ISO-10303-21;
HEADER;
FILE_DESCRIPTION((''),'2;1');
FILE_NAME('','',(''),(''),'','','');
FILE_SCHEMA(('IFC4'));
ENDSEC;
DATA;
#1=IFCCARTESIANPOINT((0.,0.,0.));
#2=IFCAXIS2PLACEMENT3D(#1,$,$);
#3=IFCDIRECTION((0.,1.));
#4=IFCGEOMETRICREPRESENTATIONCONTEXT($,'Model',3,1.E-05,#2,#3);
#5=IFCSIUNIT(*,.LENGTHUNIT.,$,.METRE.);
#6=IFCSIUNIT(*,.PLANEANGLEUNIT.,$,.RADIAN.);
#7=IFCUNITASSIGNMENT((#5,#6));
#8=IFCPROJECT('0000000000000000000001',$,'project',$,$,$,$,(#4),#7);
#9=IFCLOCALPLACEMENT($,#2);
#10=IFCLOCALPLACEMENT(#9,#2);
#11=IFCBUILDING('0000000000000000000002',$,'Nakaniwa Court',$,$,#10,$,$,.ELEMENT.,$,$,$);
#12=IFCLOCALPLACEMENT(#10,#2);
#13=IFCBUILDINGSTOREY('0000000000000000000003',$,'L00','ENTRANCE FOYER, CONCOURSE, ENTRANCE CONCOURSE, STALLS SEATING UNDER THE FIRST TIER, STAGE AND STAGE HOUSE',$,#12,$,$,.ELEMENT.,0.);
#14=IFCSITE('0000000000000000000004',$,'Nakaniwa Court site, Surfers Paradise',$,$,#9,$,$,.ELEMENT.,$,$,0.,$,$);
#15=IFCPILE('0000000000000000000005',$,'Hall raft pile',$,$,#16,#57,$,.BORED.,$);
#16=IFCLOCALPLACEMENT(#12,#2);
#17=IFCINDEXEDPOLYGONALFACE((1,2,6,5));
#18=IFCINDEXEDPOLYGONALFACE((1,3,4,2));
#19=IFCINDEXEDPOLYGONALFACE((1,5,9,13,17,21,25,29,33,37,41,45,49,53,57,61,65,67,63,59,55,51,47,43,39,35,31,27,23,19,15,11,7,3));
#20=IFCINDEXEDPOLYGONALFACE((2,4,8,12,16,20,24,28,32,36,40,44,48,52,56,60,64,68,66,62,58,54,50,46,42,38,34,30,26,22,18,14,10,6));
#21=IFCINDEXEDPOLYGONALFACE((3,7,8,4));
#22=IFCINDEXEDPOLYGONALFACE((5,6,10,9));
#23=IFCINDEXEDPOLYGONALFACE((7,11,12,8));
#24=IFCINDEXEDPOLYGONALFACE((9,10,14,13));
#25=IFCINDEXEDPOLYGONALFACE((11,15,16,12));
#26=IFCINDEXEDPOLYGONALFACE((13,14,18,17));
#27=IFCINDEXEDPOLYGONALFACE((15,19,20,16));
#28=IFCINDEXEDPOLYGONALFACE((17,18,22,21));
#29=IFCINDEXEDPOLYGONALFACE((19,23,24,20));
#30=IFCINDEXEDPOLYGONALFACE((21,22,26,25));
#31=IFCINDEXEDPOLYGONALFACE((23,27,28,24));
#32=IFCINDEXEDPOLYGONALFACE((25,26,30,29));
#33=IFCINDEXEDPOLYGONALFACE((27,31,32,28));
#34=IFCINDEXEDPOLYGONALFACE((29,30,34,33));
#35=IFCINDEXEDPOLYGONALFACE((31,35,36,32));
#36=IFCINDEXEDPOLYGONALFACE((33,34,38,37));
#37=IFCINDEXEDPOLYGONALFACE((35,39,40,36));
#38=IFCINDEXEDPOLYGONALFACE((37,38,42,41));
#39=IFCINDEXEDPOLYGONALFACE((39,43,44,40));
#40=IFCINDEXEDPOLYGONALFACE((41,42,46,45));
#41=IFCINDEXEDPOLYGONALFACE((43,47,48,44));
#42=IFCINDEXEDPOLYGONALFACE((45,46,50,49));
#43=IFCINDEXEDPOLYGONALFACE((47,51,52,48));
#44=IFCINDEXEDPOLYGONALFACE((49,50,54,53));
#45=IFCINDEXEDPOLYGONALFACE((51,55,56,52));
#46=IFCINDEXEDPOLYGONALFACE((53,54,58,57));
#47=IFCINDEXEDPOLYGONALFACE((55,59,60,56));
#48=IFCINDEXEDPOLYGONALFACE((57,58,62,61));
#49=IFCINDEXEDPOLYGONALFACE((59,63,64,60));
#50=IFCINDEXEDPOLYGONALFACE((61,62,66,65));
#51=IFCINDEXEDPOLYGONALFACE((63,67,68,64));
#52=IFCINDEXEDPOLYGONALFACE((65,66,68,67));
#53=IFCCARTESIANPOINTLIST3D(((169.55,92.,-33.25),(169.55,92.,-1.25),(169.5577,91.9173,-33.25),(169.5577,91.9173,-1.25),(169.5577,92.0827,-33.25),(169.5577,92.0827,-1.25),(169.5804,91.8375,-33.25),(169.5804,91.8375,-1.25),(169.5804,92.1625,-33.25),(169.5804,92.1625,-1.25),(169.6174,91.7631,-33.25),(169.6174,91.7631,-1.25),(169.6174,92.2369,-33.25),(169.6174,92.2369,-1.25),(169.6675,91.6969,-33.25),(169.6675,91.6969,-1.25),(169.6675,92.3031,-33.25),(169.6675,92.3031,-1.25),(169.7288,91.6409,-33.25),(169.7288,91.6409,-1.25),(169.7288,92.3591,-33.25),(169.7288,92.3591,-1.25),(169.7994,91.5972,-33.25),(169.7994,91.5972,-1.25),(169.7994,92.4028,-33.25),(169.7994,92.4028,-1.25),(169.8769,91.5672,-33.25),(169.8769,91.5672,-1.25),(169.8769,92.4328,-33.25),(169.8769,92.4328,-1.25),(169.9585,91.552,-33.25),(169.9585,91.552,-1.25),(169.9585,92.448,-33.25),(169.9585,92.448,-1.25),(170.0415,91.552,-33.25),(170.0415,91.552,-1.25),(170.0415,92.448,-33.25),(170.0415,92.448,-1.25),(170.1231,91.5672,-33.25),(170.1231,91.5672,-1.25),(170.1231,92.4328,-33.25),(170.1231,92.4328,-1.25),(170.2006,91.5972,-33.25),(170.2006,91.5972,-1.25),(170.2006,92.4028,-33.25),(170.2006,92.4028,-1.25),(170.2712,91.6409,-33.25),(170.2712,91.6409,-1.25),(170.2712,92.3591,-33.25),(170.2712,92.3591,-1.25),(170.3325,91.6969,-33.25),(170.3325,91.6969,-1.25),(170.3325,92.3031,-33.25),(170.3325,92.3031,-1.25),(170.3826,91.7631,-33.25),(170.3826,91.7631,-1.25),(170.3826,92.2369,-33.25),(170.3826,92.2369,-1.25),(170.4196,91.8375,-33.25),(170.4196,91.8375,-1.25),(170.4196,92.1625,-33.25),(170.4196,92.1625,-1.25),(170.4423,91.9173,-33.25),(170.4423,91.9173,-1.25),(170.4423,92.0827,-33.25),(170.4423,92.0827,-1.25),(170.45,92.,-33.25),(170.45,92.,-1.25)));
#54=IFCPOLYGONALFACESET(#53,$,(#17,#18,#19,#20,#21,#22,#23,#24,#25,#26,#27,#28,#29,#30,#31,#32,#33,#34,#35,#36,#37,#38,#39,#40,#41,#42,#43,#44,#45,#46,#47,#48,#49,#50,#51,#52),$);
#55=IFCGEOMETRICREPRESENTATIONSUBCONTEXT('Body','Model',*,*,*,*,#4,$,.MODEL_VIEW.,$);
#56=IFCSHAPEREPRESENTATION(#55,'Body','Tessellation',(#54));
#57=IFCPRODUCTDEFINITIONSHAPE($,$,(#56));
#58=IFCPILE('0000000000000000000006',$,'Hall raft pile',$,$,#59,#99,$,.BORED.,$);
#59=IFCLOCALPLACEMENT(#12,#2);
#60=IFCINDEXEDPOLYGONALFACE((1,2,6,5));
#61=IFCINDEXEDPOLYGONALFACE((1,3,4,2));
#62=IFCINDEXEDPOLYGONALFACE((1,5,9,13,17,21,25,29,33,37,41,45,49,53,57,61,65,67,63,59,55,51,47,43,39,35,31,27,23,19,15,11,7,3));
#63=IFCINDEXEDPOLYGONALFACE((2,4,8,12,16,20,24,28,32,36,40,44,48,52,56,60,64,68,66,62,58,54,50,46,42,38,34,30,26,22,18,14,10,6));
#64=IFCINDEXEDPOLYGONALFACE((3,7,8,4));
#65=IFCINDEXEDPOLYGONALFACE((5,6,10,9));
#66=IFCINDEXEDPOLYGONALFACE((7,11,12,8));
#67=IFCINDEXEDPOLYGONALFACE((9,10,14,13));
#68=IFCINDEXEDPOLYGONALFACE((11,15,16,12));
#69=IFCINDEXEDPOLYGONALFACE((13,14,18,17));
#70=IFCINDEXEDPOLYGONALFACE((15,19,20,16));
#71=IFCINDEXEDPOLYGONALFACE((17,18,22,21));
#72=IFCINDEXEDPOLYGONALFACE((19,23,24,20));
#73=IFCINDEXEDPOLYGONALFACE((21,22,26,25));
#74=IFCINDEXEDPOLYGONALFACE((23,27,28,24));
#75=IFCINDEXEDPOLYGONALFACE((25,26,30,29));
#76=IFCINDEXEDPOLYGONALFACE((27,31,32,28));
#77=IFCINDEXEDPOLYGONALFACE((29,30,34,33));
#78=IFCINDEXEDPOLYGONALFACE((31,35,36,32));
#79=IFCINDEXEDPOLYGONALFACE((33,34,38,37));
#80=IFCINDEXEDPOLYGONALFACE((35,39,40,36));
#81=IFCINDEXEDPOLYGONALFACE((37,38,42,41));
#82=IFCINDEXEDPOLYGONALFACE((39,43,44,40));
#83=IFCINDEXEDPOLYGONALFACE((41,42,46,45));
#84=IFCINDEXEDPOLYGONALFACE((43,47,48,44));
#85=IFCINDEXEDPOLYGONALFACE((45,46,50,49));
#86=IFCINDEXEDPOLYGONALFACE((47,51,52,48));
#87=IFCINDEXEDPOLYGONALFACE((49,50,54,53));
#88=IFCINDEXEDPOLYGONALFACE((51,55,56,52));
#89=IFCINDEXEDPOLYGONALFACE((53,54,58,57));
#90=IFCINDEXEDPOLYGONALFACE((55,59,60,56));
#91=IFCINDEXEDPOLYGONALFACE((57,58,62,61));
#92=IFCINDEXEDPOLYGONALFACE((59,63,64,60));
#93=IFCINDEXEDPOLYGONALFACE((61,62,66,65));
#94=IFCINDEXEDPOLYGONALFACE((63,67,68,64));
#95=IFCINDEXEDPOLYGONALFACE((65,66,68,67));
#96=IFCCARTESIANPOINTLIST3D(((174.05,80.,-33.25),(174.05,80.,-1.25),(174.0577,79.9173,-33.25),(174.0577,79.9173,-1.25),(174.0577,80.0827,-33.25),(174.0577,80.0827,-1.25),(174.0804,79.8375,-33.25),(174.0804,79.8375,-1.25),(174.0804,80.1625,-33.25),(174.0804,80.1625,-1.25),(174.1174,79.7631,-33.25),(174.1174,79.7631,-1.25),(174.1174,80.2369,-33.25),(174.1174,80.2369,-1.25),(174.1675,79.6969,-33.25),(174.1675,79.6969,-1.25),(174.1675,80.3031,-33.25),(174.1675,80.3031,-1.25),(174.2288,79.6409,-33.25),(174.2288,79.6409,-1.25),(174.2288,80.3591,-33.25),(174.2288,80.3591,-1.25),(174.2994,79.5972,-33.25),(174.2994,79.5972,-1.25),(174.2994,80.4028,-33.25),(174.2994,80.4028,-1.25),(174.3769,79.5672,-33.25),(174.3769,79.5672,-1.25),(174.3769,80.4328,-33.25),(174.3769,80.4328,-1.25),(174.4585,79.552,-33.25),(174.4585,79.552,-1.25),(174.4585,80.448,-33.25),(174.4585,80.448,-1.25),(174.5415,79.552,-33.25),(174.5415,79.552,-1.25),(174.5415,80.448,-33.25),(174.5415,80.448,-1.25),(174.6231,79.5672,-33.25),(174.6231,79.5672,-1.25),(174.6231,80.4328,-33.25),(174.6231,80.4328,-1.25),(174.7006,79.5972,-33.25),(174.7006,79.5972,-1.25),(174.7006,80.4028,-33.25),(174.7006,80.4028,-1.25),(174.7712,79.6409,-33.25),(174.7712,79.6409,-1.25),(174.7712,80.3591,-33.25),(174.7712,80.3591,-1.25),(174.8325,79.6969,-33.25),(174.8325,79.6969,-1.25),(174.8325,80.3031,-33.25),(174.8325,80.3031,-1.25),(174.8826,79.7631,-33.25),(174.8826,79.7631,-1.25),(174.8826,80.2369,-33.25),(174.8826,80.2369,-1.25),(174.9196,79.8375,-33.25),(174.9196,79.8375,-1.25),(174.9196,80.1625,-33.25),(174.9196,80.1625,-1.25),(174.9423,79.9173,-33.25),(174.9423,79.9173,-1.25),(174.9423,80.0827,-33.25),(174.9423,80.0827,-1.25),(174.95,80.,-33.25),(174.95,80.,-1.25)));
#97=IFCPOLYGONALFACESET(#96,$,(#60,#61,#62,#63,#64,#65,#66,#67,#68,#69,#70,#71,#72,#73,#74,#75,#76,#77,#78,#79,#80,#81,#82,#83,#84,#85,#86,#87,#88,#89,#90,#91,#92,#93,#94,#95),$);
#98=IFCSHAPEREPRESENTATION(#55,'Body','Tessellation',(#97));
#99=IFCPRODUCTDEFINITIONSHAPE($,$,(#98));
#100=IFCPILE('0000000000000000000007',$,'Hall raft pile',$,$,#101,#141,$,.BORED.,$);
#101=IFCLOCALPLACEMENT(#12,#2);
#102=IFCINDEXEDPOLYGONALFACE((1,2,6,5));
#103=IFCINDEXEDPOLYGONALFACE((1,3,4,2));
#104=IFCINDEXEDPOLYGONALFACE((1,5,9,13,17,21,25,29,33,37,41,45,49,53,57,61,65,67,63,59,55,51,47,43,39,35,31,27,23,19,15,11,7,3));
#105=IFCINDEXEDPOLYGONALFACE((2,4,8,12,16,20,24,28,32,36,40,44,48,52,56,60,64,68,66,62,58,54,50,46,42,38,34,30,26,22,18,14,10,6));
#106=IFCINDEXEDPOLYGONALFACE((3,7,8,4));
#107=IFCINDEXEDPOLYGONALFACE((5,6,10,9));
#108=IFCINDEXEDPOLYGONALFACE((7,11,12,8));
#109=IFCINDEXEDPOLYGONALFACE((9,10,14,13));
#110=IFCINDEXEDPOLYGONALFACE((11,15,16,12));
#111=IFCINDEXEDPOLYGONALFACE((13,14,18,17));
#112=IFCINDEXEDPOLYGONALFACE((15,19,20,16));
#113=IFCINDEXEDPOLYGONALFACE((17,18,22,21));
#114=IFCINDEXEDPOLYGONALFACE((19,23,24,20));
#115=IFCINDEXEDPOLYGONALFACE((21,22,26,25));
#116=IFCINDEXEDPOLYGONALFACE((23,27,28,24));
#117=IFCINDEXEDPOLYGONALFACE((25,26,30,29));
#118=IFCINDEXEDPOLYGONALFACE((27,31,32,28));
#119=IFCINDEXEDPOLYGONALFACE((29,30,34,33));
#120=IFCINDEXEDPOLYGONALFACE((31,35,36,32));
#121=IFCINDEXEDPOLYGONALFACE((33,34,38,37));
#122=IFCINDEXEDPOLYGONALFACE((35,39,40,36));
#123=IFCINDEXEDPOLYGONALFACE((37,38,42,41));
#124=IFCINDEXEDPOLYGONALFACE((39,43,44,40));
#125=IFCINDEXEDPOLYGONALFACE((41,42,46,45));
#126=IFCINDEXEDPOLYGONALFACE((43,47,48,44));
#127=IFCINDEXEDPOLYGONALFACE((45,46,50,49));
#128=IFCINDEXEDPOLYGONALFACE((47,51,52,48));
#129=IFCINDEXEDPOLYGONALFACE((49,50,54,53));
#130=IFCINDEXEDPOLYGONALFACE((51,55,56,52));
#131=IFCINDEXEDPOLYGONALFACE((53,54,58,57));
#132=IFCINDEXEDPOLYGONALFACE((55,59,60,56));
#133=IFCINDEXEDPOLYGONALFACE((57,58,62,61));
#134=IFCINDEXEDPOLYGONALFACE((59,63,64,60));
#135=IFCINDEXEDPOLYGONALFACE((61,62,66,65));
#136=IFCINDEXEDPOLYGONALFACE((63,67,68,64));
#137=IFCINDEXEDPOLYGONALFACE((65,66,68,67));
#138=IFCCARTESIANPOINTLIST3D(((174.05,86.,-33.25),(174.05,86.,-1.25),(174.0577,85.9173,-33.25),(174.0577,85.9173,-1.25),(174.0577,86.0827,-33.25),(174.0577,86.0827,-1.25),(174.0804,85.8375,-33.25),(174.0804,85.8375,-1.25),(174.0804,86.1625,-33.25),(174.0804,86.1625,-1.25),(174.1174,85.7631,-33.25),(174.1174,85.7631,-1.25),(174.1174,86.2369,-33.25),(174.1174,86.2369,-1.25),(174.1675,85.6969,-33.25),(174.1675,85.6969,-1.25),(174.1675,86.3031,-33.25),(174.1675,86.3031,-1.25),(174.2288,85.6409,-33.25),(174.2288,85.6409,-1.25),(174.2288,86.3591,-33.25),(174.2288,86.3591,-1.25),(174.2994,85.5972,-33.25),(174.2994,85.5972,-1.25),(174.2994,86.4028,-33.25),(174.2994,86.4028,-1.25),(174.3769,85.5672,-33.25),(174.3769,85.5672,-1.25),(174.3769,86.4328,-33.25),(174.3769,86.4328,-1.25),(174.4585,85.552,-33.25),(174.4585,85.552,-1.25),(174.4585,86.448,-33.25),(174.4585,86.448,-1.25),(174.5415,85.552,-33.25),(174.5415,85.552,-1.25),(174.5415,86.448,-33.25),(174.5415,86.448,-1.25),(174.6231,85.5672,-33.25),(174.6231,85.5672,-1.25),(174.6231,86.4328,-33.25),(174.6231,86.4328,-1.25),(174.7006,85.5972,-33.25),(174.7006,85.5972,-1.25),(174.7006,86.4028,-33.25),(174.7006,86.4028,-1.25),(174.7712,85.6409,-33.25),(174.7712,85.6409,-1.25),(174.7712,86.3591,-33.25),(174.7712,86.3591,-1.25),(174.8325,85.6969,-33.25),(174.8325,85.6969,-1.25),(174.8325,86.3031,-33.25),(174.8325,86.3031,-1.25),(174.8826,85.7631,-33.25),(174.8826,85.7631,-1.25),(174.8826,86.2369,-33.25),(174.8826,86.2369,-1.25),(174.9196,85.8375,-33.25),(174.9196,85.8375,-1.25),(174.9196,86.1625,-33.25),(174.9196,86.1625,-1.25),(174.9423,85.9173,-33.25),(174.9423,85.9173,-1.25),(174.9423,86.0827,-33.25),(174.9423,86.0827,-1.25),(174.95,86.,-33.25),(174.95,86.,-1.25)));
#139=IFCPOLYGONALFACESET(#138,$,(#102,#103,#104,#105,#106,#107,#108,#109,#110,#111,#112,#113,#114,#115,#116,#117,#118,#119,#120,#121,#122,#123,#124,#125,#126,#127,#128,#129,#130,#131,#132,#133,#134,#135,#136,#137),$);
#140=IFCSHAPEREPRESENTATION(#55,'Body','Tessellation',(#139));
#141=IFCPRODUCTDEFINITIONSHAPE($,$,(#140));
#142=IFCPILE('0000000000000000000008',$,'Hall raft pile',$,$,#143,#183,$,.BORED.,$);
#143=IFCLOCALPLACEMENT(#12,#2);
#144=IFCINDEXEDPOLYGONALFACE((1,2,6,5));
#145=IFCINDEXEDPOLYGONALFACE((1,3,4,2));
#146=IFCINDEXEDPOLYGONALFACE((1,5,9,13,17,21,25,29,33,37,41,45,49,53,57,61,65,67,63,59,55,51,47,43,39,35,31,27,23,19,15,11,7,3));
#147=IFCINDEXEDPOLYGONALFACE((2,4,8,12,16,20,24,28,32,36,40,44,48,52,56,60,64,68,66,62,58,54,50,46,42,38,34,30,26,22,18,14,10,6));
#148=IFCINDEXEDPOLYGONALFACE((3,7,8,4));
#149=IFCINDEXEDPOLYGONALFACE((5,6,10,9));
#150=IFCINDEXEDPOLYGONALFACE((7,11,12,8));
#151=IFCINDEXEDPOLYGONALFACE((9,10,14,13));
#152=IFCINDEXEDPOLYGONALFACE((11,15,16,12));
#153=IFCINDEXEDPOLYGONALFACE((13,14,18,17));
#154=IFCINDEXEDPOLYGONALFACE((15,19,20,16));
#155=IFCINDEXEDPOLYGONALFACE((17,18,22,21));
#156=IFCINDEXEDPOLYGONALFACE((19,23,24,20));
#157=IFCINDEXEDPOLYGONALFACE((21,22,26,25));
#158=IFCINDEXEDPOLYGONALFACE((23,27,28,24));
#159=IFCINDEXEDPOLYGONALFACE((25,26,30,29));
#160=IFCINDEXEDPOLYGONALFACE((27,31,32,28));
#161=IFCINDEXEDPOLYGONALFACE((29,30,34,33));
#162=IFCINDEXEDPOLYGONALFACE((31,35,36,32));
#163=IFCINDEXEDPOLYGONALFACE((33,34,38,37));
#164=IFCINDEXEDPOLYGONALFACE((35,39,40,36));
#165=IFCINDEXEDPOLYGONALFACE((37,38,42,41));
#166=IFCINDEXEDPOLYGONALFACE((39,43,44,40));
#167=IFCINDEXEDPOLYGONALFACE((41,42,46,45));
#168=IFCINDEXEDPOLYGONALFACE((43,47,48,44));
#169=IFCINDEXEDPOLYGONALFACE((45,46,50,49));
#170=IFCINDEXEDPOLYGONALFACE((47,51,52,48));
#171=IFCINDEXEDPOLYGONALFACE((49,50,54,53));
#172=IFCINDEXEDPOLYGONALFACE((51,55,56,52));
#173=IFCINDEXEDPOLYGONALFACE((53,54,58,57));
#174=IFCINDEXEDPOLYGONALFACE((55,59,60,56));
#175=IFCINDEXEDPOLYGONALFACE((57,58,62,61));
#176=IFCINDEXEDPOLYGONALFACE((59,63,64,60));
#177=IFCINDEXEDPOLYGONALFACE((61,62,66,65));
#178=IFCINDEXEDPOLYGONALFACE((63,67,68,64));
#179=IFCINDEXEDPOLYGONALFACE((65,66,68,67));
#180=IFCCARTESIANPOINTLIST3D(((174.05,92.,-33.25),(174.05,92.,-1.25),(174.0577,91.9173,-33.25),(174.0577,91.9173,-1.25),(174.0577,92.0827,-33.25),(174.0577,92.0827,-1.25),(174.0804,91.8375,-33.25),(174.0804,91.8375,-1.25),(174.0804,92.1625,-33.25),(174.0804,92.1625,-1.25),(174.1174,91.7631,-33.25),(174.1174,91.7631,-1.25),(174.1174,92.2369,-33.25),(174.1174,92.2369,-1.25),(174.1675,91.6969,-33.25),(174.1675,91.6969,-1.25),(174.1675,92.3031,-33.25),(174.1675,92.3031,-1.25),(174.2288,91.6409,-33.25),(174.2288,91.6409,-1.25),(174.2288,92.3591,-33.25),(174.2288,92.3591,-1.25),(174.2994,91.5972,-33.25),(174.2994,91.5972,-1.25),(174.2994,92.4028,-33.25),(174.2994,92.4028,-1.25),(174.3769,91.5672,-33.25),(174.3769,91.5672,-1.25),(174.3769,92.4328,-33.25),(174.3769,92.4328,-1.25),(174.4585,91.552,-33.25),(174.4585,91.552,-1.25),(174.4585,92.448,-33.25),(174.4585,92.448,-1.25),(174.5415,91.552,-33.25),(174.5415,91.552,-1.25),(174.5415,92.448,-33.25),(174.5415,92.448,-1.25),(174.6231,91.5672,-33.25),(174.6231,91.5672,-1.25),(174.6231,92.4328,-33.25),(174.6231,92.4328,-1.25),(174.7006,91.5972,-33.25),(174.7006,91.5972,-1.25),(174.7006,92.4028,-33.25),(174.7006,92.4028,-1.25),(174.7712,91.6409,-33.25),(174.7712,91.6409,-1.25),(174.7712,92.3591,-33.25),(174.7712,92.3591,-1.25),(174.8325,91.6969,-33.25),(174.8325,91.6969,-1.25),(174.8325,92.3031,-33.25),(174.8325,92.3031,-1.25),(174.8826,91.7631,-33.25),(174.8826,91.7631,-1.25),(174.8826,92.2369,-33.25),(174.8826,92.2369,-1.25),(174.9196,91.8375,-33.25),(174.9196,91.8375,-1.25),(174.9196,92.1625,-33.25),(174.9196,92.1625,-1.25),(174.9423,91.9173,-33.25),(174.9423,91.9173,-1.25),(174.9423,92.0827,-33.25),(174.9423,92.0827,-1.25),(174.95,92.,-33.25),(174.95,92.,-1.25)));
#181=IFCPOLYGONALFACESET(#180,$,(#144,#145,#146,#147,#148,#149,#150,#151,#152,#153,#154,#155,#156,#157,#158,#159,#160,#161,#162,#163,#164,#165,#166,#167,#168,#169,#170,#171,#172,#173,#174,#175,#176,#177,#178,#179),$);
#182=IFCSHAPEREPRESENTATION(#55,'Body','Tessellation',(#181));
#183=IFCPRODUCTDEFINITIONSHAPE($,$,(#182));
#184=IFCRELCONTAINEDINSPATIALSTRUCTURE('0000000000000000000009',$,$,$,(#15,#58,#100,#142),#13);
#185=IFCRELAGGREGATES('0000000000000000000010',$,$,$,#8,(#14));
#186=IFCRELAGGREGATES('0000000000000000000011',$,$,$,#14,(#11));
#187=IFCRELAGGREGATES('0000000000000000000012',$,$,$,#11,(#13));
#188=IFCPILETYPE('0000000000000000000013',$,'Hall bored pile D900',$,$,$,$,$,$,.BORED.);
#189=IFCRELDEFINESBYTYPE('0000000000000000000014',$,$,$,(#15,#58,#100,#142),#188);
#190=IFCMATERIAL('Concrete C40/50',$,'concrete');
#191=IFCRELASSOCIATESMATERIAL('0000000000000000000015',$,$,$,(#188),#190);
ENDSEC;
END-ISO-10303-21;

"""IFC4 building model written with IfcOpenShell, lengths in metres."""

from ifc_helpers import new_model, si_unit, direction, frame, origin, origin_2d, place, context, subcontext, project, spatial, circle, extrude, material, material_profile, profile_set, type_object, element, save


model = new_model("IFC4")

# Units and contexts
model_context = context("Model", 3, precision=1e-05, world=origin(), true_north=direction((0.0, 1.0)))
body_context = subcontext(model_context, "Body", "Model", "MODEL_VIEW")
ifc_project = project(units=[si_unit("LENGTHUNIT", "METRE"), si_unit("PLANEANGLEUNIT", "RADIAN")], contexts=[model_context])

# Site, building, storey
site_placement = place(None, origin())
site = spatial("IfcSite", under=ifc_project, at=site_placement, Name="Nakaniwa Court site, Surfers Paradise", CompositionType="ELEMENT", RefElevation=0.0)
building_placement = place(site_placement, origin())
building = spatial("IfcBuilding", under=site, at=building_placement, Name="Nakaniwa Court", CompositionType="ELEMENT")
storey_placement = place(building_placement, origin())
storey = spatial("IfcBuildingStorey", under=building, at=storey_placement, Name="L00", Description="ENTRANCE FOYER, CONCOURSE, ENTRANCE CONCOURSE, STALLS SEATING UNDER THE FIRST TIER, STAGE AND STAGE HOUSE", CompositionType="ELEMENT", Elevation=0.0)

# Piles
ifc_material_1 = material(Name="Concrete C40/50", Category="concrete")
ifc_material_profile_1 = material_profile(ifc_material_1, circle(Radius=0.45, at=origin_2d()), Name="Bored pile D900")
ifc_profile_set_1 = profile_set([ifc_material_profile_1], Name="Concrete C40/50")
pile_type = type_object("IfcPileType", Name="Hall bored pile D900", PredefinedType="BORED", material=ifc_profile_set_1)
for number, where, z_axis, x_axis, name in (
    (1, (170.0, 92.0, -1.25), (0.0, 0.0, -1.0), (1.0, 0.0, 0.0), "Hall raft pile"),
    (2, (174.5, 80.0, -1.25), (0.0, 0.0, -1.0), (1.0, 0.0, 0.0), "Hall raft pile"),
    (3, (174.5, 86.0, -1.25), (0.0, 0.0, -1.0), (1.0, 0.0, 0.0), "Hall raft pile"),
    (4, (174.5, 92.0, -1.25), (0.0, 0.0, -1.0), (1.0, 0.0, 0.0), "Hall raft pile"),
):
    element("IfcPile", number, at=place(storey_placement, frame(where, z_axis=z_axis, x_axis=x_axis)), inside=storey, type_object=pile_type, Name=name, PredefinedType="BORED", context=body_context, shape_type="SweptSolid", body=[
        extrude(circle(Radius=0.45, at=origin_2d()), origin(), (0.0, 0.0, 1.0), 32.0),
    ])

save(model, "model.ifc")
